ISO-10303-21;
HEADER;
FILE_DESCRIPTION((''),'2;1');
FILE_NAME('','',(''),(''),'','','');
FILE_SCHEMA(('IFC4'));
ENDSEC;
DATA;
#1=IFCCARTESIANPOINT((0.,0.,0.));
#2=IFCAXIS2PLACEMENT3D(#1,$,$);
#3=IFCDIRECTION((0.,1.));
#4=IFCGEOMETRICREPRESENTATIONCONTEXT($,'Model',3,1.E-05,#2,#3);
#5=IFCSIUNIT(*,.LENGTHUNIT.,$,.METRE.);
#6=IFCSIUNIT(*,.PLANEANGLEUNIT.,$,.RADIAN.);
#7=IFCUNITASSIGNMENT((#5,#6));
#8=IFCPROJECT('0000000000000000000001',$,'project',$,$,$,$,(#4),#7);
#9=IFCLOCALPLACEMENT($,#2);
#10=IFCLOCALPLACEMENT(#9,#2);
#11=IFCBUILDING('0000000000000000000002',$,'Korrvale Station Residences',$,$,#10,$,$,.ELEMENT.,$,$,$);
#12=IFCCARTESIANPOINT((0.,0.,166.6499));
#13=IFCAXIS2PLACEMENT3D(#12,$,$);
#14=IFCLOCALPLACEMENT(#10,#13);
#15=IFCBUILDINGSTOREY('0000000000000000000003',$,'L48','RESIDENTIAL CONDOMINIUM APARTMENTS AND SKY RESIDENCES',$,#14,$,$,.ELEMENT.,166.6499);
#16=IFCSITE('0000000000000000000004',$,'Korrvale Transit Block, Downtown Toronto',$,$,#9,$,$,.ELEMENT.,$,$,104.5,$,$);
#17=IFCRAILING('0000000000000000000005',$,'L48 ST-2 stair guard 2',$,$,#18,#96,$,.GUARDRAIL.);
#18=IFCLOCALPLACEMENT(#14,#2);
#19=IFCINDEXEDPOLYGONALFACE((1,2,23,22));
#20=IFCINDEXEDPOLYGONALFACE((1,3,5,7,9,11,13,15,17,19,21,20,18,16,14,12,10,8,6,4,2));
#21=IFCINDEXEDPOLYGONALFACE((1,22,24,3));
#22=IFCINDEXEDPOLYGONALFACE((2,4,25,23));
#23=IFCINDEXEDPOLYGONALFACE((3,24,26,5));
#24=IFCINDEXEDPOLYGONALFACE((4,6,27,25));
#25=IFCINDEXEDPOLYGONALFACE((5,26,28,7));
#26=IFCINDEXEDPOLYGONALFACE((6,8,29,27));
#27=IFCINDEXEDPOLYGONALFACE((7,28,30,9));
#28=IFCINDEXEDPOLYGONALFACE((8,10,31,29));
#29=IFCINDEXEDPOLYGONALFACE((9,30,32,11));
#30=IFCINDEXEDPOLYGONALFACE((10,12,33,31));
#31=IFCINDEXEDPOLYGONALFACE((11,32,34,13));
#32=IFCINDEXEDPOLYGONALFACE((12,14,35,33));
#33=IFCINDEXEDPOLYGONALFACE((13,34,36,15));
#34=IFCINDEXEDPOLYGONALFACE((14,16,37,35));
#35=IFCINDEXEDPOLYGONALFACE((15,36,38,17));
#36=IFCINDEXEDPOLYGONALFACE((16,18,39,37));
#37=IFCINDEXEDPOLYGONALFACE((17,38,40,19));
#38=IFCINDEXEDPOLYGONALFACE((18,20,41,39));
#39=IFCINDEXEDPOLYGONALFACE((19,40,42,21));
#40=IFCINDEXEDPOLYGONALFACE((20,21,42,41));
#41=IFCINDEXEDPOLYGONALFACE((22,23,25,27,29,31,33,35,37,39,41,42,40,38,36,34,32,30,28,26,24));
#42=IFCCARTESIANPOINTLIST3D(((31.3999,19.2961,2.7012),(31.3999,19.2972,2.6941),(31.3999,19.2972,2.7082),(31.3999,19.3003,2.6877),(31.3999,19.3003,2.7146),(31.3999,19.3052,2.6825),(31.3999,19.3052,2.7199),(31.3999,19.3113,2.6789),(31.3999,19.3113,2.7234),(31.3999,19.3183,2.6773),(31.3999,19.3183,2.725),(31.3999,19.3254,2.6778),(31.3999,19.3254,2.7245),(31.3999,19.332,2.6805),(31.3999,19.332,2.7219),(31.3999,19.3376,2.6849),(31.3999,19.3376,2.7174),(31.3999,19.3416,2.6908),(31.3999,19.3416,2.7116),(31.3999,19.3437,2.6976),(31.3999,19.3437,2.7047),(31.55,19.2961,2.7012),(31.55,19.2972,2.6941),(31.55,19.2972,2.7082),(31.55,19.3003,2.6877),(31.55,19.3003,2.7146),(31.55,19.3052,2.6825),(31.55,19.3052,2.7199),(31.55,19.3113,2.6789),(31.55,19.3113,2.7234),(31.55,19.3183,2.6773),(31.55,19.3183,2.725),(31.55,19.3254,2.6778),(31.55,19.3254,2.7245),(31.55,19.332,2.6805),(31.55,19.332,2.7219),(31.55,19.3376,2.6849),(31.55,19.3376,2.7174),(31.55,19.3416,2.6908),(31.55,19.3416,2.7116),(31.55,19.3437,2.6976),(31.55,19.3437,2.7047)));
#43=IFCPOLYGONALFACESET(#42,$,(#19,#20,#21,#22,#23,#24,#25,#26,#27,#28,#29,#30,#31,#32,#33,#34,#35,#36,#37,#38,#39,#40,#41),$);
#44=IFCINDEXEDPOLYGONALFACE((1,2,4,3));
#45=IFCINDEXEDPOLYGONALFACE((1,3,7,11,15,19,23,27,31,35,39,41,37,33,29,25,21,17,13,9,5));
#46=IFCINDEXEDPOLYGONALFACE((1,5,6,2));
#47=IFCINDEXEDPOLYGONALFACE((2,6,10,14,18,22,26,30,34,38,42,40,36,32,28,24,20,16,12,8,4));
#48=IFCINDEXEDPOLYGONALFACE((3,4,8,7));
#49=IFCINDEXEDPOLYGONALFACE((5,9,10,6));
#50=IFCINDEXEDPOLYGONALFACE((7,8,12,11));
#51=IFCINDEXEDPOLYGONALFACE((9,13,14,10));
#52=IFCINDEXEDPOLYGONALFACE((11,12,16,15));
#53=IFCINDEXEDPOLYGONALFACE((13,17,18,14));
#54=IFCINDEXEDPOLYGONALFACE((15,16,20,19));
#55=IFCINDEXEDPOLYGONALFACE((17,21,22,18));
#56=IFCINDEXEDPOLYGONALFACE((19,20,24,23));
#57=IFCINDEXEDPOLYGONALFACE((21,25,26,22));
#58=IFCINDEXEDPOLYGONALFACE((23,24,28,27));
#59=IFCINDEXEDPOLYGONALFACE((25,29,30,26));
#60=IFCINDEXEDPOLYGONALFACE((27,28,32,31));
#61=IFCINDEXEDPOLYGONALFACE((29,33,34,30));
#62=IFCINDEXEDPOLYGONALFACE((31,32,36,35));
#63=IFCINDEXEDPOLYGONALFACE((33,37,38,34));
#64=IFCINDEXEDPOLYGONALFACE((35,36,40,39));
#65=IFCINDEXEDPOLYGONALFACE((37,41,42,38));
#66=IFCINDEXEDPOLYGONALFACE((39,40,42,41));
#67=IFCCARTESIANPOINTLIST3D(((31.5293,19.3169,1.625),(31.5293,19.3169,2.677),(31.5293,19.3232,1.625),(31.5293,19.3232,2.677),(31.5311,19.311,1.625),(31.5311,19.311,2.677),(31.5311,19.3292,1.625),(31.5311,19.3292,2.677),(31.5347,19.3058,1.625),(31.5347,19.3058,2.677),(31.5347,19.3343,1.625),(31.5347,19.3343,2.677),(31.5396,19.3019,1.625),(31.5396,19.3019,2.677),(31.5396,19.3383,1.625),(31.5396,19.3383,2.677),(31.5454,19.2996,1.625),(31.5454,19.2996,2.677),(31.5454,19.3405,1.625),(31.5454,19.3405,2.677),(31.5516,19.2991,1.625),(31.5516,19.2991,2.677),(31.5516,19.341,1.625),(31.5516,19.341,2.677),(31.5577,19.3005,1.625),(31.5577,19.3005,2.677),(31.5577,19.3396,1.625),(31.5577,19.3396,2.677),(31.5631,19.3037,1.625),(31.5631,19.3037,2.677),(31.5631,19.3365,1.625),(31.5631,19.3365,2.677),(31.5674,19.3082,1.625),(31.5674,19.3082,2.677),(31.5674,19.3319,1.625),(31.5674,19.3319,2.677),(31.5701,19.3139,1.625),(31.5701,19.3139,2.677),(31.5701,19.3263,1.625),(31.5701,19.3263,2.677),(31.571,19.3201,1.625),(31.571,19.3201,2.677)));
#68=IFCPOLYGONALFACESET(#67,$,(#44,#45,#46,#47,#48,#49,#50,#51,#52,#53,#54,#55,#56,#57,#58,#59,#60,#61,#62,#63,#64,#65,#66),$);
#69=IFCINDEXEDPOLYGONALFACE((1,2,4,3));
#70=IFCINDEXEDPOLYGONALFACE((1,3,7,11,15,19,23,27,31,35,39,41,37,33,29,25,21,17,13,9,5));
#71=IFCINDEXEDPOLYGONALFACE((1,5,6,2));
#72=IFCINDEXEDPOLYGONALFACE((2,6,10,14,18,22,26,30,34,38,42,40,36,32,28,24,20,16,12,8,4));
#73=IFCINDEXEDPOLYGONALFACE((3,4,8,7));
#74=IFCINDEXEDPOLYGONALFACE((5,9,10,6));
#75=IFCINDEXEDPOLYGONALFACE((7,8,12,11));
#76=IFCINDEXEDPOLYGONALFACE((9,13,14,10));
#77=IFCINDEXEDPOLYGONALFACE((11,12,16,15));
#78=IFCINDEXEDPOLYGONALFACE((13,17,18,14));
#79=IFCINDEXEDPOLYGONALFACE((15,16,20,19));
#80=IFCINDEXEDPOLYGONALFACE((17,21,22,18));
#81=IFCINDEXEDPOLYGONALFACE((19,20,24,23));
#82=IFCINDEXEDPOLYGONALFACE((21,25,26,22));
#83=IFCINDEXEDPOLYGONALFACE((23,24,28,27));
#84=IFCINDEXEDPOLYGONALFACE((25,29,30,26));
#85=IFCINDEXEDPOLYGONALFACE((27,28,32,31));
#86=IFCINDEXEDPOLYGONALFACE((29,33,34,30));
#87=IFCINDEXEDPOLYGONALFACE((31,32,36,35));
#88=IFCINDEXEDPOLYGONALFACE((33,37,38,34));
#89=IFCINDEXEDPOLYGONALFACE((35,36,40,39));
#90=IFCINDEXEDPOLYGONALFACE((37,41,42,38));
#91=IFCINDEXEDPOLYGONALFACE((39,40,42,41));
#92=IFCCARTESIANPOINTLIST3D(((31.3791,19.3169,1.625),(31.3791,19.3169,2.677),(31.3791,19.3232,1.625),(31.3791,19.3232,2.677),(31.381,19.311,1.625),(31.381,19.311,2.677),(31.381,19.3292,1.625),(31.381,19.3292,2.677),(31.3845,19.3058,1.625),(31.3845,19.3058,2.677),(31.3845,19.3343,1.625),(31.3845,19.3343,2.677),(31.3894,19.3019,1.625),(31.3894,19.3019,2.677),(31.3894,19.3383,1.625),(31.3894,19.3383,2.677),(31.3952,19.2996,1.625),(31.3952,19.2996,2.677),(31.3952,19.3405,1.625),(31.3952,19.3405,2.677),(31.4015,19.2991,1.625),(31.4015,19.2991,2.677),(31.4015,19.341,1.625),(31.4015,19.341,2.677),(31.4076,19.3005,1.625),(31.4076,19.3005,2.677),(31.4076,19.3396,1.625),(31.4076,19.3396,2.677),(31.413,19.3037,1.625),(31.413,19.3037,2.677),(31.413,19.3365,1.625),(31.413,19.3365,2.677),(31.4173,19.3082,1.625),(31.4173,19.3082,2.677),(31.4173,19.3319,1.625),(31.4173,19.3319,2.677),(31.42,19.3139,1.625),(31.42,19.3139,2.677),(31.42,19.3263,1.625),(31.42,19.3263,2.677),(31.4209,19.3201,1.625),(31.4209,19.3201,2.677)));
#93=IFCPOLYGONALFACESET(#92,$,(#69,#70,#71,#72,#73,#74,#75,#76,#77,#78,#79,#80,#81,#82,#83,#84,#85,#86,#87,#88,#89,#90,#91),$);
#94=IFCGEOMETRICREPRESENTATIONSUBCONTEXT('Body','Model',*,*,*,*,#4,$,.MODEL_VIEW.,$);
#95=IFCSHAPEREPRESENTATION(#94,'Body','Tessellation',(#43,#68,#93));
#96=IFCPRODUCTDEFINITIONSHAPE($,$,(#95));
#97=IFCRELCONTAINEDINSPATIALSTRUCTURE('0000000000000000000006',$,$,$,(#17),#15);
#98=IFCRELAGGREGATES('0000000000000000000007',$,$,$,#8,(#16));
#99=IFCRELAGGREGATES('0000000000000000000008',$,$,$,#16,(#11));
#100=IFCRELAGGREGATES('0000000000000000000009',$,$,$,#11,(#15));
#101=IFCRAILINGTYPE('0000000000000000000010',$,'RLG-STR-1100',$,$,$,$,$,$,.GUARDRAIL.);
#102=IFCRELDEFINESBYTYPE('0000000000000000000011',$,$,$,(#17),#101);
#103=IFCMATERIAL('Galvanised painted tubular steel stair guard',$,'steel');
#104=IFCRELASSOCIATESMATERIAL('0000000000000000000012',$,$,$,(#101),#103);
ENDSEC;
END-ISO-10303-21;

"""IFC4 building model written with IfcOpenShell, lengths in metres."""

from ifc_helpers import new_model, si_unit, direction, frame, origin, origin_2d, place, context, subcontext, project, spatial, circle, extrude, material, type_object, element, save


model = new_model("IFC4")

# Units and contexts
model_context = context("Model", 3, precision=1e-05, world=origin(), true_north=direction((0.0, 1.0)))
body_context = subcontext(model_context, "Body", "Model", "MODEL_VIEW")
ifc_project = project(units=[si_unit("LENGTHUNIT", "METRE"), si_unit("PLANEANGLEUNIT", "RADIAN")], contexts=[model_context])

# Site, building, storey
site_placement = place(None, origin())
site = spatial("IfcSite", under=ifc_project, at=site_placement, Name="Korrvale Transit Block, Downtown Toronto", CompositionType="ELEMENT", RefElevation=104.5)
building_placement = place(site_placement, origin())
building = spatial("IfcBuilding", under=site, at=building_placement, Name="Korrvale Station Residences", CompositionType="ELEMENT")
storey_placement = place(building_placement, frame((0.0, 0.0, 166.6499)))
storey = spatial("IfcBuildingStorey", under=building, at=storey_placement, Name="L48", Description="RESIDENTIAL CONDOMINIUM APARTMENTS AND SKY RESIDENCES", CompositionType="ELEMENT", Elevation=166.6499)

# Railing
ifc_material_1 = material(Name="Galvanised painted tubular steel stair guard", Category="steel")
railing_type_1 = type_object("IfcRailingType", Name="RLG-STR-1100", PredefinedType="GUARDRAIL", material=ifc_material_1)
railing_1_placement = place(storey_placement, frame((31.55, 19.3201, 1.625)))
element("IfcRailing", 1, at=railing_1_placement, inside=storey, type_object=railing_type_1, Name="L48 ST-2 stair guard 2", PredefinedType="GUARDRAIL", context=body_context, shape_type="SweptSolid", body=[
    extrude(circle(Radius=0.0239, at=origin_2d()), frame((0.0, 0.0, 1.0762), z_axis=(-1.0, 0.0, 0.0), x_axis=(0.0, -1.0, 0.0)), (0.0, 0.0, 1.0), 0.1501),
    extrude(circle(Radius=0.021, at=origin_2d()), origin(), (0.0, 0.0, 1.0), 1.052),
    extrude(circle(Radius=0.021, at=origin_2d()), frame((-0.1501, 0.0, 0.0)), (0.0, 0.0, 1.0), 1.052),
])

save(model, "model.ifc")
